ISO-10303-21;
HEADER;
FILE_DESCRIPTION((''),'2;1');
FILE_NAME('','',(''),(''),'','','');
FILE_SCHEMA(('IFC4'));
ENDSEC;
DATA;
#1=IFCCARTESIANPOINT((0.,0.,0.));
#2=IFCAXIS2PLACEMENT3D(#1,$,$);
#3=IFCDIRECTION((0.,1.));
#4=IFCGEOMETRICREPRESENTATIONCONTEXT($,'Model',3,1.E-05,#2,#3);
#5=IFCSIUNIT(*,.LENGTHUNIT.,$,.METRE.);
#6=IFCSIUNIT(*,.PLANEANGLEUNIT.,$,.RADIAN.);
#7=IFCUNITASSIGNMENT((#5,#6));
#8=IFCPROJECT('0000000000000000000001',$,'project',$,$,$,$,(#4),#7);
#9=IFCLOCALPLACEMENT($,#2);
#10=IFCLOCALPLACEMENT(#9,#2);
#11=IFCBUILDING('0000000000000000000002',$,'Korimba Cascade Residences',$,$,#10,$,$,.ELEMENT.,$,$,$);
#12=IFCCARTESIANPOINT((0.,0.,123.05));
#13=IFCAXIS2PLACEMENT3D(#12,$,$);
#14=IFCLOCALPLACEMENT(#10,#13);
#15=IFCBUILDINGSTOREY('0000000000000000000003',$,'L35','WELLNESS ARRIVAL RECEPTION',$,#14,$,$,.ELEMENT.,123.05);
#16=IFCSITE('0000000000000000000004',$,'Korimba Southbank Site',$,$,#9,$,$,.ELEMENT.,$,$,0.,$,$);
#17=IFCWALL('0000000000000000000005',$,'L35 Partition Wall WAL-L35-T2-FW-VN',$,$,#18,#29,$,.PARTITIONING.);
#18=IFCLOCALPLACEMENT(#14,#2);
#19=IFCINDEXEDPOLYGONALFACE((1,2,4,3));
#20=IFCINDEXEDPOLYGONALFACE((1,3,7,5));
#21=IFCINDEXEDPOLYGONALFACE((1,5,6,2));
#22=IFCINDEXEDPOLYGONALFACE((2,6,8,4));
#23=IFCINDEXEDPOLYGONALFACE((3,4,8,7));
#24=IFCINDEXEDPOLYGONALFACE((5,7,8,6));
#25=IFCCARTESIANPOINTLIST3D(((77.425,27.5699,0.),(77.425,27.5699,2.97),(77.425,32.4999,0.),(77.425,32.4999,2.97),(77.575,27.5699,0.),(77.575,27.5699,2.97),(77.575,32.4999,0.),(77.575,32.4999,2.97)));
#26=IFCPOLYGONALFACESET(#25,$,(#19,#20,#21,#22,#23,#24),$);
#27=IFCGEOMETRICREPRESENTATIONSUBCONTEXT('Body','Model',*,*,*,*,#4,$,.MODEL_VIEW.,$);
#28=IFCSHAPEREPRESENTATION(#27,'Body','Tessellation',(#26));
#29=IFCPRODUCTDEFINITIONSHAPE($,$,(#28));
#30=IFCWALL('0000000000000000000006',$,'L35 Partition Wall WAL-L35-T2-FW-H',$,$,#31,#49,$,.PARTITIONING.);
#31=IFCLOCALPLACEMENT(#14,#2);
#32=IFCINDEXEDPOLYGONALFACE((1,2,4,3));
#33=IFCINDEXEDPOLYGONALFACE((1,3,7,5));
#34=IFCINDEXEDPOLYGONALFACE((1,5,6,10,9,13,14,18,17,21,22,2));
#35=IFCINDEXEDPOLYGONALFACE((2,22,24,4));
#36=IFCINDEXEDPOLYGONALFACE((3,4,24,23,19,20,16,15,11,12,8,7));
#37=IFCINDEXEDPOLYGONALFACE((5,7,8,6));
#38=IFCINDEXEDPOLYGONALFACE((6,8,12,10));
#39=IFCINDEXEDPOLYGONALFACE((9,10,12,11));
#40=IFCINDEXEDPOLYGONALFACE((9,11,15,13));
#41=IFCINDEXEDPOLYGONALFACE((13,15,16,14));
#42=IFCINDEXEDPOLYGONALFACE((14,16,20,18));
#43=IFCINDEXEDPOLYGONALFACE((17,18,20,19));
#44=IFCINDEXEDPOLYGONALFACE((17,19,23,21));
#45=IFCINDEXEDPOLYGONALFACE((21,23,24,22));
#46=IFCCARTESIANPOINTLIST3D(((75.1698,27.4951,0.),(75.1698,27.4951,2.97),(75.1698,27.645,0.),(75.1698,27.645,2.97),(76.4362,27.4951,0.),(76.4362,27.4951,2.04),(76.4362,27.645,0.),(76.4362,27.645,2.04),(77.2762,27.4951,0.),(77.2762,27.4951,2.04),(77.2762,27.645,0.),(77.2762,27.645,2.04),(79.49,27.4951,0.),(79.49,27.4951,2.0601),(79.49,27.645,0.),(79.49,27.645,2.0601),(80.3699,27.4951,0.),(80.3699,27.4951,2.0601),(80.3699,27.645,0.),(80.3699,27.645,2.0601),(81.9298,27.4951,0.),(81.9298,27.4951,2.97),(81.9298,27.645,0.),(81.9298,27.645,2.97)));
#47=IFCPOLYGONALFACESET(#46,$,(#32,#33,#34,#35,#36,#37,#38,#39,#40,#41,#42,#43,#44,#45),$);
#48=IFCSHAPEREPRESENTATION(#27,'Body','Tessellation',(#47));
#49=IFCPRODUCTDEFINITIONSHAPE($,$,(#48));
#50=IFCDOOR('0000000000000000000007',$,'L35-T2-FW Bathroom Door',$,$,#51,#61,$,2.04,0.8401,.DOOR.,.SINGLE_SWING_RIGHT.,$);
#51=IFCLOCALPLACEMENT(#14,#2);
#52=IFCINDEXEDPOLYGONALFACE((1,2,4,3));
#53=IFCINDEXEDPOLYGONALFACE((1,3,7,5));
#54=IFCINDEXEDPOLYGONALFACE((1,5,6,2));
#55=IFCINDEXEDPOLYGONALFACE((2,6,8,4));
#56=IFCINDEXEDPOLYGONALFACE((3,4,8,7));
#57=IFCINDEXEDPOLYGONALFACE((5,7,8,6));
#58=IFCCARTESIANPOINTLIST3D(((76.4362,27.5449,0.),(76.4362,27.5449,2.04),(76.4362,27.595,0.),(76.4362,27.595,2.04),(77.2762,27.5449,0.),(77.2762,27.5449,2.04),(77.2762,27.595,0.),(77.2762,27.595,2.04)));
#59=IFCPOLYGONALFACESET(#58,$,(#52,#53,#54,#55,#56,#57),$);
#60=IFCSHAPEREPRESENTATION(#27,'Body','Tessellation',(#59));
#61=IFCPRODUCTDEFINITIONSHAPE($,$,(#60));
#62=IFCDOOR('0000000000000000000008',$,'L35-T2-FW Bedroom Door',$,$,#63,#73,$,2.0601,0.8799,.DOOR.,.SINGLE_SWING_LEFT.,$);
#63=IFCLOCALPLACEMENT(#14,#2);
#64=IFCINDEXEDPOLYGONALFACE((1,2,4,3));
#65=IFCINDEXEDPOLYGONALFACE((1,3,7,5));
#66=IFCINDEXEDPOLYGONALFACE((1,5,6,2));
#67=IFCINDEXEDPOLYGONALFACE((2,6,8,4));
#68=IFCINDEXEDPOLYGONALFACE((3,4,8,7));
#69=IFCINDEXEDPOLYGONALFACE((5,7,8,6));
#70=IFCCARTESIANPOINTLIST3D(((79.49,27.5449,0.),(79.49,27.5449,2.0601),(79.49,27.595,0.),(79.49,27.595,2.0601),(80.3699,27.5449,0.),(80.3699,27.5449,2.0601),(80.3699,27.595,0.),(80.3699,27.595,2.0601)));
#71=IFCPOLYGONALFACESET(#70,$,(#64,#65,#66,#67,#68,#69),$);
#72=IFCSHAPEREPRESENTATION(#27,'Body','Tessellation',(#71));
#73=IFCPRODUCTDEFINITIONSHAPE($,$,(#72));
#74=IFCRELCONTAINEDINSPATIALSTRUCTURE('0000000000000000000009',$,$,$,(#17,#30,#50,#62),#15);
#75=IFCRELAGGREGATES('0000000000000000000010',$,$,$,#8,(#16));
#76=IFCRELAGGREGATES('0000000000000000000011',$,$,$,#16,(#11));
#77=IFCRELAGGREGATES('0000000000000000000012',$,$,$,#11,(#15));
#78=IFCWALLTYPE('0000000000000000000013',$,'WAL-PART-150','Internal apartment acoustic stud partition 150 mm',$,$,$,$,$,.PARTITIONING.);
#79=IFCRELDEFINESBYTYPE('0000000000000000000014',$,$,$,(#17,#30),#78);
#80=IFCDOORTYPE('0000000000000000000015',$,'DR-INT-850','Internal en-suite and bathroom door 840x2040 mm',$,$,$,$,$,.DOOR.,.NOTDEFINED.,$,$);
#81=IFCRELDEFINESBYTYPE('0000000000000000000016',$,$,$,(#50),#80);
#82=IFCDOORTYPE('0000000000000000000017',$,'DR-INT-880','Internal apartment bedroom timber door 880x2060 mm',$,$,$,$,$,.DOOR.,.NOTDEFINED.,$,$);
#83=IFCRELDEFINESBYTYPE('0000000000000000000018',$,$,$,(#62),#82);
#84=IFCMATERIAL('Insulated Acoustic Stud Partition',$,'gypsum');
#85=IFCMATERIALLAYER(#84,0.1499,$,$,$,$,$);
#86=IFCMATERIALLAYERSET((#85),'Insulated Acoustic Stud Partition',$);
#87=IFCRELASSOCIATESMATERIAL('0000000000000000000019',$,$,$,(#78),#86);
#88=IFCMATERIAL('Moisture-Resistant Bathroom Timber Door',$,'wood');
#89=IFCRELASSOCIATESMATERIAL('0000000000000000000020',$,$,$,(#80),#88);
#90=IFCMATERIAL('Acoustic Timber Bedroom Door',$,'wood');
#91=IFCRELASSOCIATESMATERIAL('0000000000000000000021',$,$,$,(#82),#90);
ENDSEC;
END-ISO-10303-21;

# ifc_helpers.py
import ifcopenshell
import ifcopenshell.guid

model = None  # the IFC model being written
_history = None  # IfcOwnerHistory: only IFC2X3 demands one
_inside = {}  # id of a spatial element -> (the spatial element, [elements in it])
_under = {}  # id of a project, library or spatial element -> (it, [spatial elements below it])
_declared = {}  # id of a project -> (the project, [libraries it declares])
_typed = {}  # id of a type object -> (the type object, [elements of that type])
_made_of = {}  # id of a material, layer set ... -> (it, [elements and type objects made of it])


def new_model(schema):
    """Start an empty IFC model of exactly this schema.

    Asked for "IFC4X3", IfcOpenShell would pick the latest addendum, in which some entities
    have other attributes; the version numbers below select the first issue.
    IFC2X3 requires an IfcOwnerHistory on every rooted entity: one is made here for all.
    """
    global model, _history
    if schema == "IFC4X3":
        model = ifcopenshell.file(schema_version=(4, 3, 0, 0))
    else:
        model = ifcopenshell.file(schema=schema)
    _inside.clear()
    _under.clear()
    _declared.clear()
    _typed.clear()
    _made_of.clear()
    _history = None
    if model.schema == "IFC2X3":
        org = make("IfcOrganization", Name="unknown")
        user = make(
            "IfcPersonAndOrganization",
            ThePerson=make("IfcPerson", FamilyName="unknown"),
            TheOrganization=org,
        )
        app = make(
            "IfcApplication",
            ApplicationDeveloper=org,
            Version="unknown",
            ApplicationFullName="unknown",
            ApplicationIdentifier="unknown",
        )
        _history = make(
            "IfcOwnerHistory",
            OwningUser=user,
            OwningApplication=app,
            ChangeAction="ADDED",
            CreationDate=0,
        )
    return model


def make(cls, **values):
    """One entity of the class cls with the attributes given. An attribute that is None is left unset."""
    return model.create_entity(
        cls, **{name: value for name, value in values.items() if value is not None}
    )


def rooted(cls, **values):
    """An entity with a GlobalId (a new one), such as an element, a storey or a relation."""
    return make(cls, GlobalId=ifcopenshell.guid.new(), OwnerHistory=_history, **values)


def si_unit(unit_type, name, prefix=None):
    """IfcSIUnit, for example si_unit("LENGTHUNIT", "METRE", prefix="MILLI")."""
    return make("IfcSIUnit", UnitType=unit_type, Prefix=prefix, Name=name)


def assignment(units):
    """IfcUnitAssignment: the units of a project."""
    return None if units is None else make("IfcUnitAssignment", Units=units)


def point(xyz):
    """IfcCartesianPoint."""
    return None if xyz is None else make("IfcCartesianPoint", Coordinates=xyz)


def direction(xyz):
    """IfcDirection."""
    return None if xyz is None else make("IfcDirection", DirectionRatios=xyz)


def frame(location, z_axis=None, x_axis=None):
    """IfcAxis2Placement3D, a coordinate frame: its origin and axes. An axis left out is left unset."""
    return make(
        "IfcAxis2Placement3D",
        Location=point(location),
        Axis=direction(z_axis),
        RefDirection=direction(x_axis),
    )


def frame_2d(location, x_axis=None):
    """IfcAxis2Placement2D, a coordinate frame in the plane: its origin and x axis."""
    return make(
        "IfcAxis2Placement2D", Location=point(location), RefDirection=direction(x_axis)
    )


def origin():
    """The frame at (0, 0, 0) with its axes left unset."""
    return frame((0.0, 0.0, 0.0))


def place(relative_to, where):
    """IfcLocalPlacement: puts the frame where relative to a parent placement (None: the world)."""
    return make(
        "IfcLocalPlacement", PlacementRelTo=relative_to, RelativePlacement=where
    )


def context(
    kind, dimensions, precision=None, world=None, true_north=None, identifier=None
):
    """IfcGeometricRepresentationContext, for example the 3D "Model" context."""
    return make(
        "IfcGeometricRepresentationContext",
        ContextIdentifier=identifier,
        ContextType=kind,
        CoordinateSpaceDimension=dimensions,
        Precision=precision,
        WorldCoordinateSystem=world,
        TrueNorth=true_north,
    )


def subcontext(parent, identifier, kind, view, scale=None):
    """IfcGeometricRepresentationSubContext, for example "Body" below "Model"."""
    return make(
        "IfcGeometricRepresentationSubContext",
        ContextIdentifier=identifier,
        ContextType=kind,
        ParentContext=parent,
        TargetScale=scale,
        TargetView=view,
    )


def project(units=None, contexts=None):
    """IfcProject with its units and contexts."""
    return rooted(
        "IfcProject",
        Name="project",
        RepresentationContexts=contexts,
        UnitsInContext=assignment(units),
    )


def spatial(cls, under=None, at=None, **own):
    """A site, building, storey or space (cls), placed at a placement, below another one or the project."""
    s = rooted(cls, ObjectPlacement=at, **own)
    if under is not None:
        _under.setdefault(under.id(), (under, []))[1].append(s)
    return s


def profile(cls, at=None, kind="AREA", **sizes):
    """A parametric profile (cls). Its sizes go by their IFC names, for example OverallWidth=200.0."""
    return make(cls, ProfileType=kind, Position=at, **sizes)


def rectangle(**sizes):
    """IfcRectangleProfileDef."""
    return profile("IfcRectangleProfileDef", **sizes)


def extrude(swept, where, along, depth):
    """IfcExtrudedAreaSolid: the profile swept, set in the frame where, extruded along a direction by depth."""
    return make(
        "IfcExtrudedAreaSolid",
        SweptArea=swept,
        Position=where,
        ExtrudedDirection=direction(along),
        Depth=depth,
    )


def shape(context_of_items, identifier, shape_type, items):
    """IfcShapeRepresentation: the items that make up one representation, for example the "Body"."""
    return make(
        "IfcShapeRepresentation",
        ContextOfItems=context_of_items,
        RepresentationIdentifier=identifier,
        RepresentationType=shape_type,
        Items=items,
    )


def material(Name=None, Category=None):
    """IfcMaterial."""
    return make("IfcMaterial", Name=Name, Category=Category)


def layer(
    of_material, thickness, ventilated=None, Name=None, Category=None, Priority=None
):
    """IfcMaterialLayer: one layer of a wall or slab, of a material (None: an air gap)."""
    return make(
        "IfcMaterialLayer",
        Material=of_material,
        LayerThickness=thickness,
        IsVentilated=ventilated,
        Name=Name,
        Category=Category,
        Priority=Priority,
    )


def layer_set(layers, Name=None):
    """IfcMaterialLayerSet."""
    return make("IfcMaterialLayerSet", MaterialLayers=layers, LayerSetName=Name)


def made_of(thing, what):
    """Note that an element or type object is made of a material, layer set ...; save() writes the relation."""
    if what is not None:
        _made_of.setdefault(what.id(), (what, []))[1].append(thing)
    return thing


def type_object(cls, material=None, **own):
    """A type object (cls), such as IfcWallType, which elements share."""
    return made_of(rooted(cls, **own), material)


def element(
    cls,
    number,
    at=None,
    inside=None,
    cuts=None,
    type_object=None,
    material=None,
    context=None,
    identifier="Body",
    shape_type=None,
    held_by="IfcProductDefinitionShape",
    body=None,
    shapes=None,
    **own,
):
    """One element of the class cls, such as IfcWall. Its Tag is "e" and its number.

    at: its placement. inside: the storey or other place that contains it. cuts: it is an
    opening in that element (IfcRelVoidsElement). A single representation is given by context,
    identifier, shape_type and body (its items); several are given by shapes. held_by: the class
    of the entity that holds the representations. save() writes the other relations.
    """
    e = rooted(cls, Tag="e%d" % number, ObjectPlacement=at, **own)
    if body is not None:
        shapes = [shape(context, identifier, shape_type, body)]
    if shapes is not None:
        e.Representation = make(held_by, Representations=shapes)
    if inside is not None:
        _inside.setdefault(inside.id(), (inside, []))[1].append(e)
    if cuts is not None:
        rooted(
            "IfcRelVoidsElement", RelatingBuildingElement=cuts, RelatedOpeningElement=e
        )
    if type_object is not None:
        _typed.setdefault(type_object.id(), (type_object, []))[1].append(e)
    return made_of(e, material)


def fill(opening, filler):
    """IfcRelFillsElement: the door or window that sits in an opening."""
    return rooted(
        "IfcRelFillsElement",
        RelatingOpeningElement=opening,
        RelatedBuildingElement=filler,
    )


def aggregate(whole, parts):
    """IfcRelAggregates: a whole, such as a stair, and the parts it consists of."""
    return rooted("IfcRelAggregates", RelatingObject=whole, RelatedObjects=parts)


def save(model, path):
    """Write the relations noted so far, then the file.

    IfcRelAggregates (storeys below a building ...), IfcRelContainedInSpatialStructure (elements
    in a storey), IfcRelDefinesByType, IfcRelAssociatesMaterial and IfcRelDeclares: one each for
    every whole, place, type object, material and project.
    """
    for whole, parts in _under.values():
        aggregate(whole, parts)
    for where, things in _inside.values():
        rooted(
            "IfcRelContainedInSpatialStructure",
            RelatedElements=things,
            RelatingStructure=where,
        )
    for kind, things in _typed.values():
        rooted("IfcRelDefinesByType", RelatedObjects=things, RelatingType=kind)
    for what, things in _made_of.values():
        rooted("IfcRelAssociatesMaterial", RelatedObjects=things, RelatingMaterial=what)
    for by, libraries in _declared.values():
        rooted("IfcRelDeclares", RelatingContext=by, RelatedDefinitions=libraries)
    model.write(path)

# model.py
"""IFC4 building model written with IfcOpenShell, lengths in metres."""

from ifc_helpers import new_model, si_unit, direction, frame, frame_2d, origin, place, context, subcontext, project, spatial, rectangle, extrude, material, layer, layer_set, type_object, element, fill, save


model = new_model("IFC4")

# Units and contexts
model_context = context("Model", 3, precision=1e-05, world=origin(), true_north=direction((0.0, 1.0)))
body_context = subcontext(model_context, "Body", "Model", "MODEL_VIEW")
ifc_project = project(units=[si_unit("LENGTHUNIT", "METRE"), si_unit("PLANEANGLEUNIT", "RADIAN")], contexts=[model_context])

# Site, building, storey
site_placement = place(None, origin())
site = spatial("IfcSite", under=ifc_project, at=site_placement, Name="Korimba Southbank Site", CompositionType="ELEMENT", RefElevation=0.0)
building_placement = place(site_placement, origin())
building = spatial("IfcBuilding", under=site, at=building_placement, Name="Korimba Cascade Residences", CompositionType="ELEMENT")
storey_placement = place(building_placement, frame((0.0, 0.0, 123.05)))
storey = spatial("IfcBuildingStorey", under=building, at=storey_placement, Name="L35", Description="WELLNESS ARRIVAL RECEPTION", CompositionType="ELEMENT", Elevation=123.05)

# Shared definitions
ifc_material_1 = material(Name="Insulated Acoustic Stud Partition", Category="gypsum")
ifc_layer_1 = layer(ifc_material_1, 0.1499)
ifc_layer_set_1 = layer_set([ifc_layer_1], Name="Insulated Acoustic Stud Partition")
wall_type_1 = type_object("IfcWallType", Name="WAL-PART-150", Description="Internal apartment acoustic stud partition 150 mm", PredefinedType="PARTITIONING", material=ifc_layer_set_1)
ifc_material_2 = material(Name="Moisture-Resistant Bathroom Timber Door", Category="wood")
door_type_1 = type_object("IfcDoorType", Name="DR-INT-850", Description="Internal en-suite and bathroom door 840x2040 mm", OperationType="NOTDEFINED", PredefinedType="DOOR", material=ifc_material_2)
ifc_material_3 = material(Name="Acoustic Timber Bedroom Door", Category="wood")
door_type_2 = type_object("IfcDoorType", Name="DR-INT-880", Description="Internal apartment bedroom timber door 880x2060 mm", OperationType="NOTDEFINED", PredefinedType="DOOR", material=ifc_material_3)

# Wall
wall_1_placement = place(storey_placement, frame((77.5, 27.5701, 0.0), z_axis=(0.0, 0.0, 1.0), x_axis=(0.0, 1.0, 0.0)))
element("IfcWall", 1, at=wall_1_placement, inside=storey, type_object=wall_type_1, Name="L35 Partition Wall WAL-L35-T2-FW-VN", PredefinedType="PARTITIONING", context=body_context, shape_type="SweptSolid", body=[
    extrude(rectangle(XDim=4.9299, YDim=0.1499, at=frame_2d((2.4648, 0.0))), origin(), (0.0, 0.0, 1.0), 2.97),
])

# Wall, openings, doors
wall_2_placement = place(storey_placement, frame((75.1699, 27.5701, 0.0), z_axis=(0.0, 0.0, 1.0), x_axis=(1.0, 0.0, 0.0)))
wall_2 = element("IfcWall", 2, at=wall_2_placement, inside=storey, type_object=wall_type_1, Name="L35 Partition Wall WAL-L35-T2-FW-H", PredefinedType="PARTITIONING", context=body_context, shape_type="SweptSolid", body=[
    extrude(rectangle(XDim=6.76, YDim=0.1499, at=frame_2d((3.3799, 0.0))), origin(), (0.0, 0.0, 1.0), 2.97),
])
opening_1_placement = place(wall_2_placement, frame((1.2664, 0.0, 0.0)))
opening_1 = element("IfcOpeningElement", 3, at=opening_1_placement, cuts=wall_2, PredefinedType="OPENING", context=body_context, shape_type="SweptSolid", body=[
    extrude(rectangle(XDim=0.8401, YDim=2.04, at=frame_2d((0.4199, 1.02))), frame((0.0, 0.085, 0.0), z_axis=(0.0, -1.0, 0.0), x_axis=(1.0, 0.0, 0.0)), (0.0, 0.0, 1.0), 0.1699),
])
opening_2_placement = place(wall_2_placement, frame((4.3201, 0.0, 0.0)))
opening_2 = element("IfcOpeningElement", 4, at=opening_2_placement, cuts=wall_2, PredefinedType="OPENING", context=body_context, shape_type="SweptSolid", body=[
    extrude(rectangle(XDim=0.8799, YDim=2.0601, at=frame_2d((0.4399, 1.03))), frame((0.0, 0.085, 0.0), z_axis=(0.0, -1.0, 0.0), x_axis=(1.0, 0.0, 0.0)), (0.0, 0.0, 1.0), 0.1699),
])
door_1_placement = place(opening_1_placement, origin())
door_1 = element("IfcDoor", 5, at=door_1_placement, inside=storey, type_object=door_type_1, Name="L35-T2-FW Bathroom Door", OperationType="SINGLE_SWING_RIGHT", OverallHeight=2.04, OverallWidth=0.8401, PredefinedType="DOOR", context=body_context, shape_type="SweptSolid", body=[
    extrude(rectangle(XDim=0.8401, YDim=2.04, at=frame_2d((0.4199, 1.02))), frame((0.0, 0.0249, 0.0), z_axis=(0.0, -1.0, 0.0), x_axis=(1.0, 0.0, 0.0)), (0.0, 0.0, 1.0), 0.05),
])
fill(opening_1, door_1)
door_2_placement = place(opening_2_placement, origin())
door_2 = element("IfcDoor", 6, at=door_2_placement, inside=storey, type_object=door_type_2, Name="L35-T2-FW Bedroom Door", OperationType="SINGLE_SWING_LEFT", OverallHeight=2.0601, OverallWidth=0.8799, PredefinedType="DOOR", context=body_context, shape_type="SweptSolid", body=[
    extrude(rectangle(XDim=0.8799, YDim=2.0601, at=frame_2d((0.4399, 1.03))), frame((0.0, 0.0249, 0.0), z_axis=(0.0, -1.0, 0.0), x_axis=(1.0, 0.0, 0.0)), (0.0, 0.0, 1.0), 0.05),
])
fill(opening_2, door_2)

save(model, "model.ifc")
